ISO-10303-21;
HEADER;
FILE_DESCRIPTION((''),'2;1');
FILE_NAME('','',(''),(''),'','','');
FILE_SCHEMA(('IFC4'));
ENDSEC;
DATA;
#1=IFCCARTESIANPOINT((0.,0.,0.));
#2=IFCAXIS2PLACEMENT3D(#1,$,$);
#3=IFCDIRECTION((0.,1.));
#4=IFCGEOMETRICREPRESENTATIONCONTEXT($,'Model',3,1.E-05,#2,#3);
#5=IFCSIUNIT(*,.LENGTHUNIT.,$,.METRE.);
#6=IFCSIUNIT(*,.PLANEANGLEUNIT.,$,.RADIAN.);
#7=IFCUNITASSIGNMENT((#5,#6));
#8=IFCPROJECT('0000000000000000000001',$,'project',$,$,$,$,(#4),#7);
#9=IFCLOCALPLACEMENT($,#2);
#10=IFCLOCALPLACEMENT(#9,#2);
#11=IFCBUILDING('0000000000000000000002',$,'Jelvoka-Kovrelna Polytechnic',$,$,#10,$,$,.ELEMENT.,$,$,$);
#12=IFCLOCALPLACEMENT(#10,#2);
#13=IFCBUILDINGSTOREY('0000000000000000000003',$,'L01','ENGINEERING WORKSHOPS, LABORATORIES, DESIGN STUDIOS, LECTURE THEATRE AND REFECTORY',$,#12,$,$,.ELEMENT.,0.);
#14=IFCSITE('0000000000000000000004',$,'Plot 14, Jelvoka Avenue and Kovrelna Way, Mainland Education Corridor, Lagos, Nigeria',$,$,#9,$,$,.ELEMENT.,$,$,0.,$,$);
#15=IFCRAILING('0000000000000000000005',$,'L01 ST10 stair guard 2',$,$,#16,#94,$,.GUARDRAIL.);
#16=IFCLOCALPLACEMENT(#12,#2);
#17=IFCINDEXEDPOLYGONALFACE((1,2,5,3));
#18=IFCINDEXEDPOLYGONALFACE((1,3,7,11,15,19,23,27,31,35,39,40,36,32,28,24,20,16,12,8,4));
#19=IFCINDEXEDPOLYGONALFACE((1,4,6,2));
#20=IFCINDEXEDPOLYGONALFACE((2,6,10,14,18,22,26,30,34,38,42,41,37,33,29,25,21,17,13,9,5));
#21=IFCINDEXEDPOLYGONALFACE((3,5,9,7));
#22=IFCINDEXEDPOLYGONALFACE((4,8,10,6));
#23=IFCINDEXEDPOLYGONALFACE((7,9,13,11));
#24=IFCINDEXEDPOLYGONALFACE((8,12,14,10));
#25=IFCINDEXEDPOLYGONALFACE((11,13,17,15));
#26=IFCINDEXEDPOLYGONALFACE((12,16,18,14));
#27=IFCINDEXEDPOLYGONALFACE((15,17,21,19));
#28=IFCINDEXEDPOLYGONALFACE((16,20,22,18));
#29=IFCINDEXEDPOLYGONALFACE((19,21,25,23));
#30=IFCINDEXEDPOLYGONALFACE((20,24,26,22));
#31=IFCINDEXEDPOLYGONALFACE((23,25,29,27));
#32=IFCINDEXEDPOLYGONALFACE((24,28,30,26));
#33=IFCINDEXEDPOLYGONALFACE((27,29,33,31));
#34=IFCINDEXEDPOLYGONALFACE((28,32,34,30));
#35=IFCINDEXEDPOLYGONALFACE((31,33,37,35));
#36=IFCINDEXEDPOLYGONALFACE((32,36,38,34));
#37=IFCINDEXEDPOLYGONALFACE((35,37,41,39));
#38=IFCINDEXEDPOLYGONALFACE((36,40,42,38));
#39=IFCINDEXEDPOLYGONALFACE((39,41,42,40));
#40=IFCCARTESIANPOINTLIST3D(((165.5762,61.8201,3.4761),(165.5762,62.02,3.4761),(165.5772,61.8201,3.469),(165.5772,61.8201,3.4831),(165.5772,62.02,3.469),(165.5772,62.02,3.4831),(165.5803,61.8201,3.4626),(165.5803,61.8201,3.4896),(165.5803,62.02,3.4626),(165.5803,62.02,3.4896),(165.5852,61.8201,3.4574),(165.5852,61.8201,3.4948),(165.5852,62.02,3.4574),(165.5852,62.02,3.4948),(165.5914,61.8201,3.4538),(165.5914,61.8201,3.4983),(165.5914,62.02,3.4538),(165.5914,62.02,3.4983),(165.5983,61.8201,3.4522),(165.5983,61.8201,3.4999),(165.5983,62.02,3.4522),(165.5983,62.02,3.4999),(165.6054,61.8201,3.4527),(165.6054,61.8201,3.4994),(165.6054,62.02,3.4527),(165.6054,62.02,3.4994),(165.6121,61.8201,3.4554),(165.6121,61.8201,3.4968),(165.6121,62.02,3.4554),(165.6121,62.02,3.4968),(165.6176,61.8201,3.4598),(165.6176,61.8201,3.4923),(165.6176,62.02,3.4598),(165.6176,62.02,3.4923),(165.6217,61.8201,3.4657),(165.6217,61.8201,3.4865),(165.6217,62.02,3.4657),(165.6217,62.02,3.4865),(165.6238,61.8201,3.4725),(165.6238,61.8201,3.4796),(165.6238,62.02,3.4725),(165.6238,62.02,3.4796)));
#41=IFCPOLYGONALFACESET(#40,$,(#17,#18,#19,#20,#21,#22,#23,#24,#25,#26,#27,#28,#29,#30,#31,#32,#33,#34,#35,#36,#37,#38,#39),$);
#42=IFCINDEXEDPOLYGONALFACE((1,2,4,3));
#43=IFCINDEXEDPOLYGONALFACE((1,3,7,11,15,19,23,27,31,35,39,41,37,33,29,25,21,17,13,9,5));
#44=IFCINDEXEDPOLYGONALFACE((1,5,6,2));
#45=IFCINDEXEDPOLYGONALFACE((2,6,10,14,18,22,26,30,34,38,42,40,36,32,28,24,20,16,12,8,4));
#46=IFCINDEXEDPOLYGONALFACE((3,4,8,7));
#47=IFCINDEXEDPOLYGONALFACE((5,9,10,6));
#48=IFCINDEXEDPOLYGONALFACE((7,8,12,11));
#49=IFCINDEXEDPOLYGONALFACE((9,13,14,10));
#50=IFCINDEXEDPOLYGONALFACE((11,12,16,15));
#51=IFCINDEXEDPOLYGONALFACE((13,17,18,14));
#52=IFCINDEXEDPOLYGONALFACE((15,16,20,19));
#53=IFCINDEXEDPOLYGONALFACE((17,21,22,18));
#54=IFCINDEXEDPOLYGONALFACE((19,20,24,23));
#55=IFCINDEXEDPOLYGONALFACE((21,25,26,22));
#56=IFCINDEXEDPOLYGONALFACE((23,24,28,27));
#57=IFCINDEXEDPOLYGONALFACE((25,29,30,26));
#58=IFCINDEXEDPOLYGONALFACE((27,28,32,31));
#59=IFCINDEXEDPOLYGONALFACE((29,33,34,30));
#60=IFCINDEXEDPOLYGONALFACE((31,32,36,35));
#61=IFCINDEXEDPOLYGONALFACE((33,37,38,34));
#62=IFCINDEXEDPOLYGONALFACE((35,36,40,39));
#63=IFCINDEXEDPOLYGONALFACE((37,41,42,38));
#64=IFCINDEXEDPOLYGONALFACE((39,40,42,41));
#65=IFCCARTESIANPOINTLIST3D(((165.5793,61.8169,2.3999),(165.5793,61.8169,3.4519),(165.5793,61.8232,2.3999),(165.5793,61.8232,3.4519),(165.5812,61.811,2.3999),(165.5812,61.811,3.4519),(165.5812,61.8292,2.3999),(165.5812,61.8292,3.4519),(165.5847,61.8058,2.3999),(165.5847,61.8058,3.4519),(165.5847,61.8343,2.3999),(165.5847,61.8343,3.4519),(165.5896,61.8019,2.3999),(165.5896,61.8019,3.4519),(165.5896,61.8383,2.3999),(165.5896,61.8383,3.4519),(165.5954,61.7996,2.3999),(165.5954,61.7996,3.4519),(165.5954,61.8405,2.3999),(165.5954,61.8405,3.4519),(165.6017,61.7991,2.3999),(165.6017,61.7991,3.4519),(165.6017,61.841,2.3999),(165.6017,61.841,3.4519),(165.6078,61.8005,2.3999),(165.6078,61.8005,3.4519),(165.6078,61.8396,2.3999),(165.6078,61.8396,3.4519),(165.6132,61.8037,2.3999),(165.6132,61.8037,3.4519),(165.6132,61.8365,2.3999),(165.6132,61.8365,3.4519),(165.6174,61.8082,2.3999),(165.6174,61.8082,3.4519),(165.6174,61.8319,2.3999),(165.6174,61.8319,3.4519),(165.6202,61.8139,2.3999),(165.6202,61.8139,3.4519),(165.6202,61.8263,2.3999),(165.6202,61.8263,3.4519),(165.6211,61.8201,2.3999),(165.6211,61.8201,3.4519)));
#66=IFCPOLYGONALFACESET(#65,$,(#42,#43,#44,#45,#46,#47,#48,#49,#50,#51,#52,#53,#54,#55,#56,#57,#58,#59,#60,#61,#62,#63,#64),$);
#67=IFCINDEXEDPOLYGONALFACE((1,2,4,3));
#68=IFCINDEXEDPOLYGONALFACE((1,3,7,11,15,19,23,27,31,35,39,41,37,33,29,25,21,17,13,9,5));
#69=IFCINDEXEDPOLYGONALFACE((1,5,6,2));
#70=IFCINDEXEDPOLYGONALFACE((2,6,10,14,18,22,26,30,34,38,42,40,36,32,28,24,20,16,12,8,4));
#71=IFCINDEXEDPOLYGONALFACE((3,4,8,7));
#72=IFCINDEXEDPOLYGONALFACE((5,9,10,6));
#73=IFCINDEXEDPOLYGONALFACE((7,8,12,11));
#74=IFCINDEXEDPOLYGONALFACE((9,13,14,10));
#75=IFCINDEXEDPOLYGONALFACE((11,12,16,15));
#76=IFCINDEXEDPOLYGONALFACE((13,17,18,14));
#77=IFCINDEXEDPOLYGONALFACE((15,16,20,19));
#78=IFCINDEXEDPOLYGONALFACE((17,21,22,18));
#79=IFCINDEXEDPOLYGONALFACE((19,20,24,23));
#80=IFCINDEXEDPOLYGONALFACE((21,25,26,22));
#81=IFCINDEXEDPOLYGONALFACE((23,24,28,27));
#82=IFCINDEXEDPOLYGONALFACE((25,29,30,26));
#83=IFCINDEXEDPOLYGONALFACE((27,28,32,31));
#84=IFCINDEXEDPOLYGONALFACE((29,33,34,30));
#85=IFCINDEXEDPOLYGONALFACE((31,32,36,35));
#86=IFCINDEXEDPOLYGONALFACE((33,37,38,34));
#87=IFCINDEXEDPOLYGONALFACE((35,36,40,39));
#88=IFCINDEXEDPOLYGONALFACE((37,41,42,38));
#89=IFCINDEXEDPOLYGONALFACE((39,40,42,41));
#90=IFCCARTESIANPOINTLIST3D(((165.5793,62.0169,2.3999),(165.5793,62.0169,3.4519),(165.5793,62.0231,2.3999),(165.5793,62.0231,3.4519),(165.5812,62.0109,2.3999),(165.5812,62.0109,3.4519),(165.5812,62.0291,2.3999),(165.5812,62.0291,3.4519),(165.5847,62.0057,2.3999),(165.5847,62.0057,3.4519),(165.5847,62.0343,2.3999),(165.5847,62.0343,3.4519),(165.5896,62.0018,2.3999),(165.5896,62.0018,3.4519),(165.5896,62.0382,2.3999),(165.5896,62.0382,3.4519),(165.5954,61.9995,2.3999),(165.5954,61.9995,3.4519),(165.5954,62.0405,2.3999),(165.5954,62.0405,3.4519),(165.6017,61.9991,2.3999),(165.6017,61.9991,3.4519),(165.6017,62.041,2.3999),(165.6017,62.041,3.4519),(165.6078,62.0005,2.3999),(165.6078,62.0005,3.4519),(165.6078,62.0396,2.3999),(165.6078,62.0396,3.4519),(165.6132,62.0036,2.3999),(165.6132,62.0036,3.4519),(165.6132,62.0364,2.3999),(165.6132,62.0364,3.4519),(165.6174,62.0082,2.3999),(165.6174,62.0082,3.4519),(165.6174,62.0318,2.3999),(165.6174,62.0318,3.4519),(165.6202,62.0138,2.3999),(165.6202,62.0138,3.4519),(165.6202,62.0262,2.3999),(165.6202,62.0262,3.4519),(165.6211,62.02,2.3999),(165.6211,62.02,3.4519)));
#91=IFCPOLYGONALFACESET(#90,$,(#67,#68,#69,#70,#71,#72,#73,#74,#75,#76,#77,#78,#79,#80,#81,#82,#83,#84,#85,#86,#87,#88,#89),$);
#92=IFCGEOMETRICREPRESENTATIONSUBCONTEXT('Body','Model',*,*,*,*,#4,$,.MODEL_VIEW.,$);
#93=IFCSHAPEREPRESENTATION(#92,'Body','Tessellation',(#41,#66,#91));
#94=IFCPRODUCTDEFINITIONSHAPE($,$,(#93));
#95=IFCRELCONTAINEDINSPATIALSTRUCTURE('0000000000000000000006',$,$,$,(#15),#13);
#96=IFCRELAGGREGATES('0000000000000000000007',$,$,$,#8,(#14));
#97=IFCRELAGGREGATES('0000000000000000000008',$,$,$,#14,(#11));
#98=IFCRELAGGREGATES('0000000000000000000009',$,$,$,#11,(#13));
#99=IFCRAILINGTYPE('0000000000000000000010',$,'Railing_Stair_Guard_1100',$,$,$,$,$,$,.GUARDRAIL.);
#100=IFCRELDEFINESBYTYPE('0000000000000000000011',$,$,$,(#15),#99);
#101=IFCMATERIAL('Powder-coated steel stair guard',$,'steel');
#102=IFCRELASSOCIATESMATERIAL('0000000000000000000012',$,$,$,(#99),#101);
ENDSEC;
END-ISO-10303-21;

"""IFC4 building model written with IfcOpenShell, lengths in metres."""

from ifc_helpers import new_model, si_unit, direction, frame, origin, origin_2d, place, context, subcontext, project, spatial, circle, extrude, material, type_object, element, save


model = new_model("IFC4")

# Units and contexts
model_context = context("Model", 3, precision=1e-05, world=origin(), true_north=direction((0.0, 1.0)))
body_context = subcontext(model_context, "Body", "Model", "MODEL_VIEW")
ifc_project = project(units=[si_unit("LENGTHUNIT", "METRE"), si_unit("PLANEANGLEUNIT", "RADIAN")], contexts=[model_context])

# Site, building, storey
site_placement = place(None, origin())
site = spatial("IfcSite", under=ifc_project, at=site_placement, Name="Plot 14, Jelvoka Avenue and Kovrelna Way, Mainland Education Corridor, Lagos, Nigeria", CompositionType="ELEMENT", RefElevation=0.0)
building_placement = place(site_placement, origin())
building = spatial("IfcBuilding", under=site, at=building_placement, Name="Jelvoka-Kovrelna Polytechnic", CompositionType="ELEMENT")
storey_placement = place(building_placement, origin())
storey = spatial("IfcBuildingStorey", under=building, at=storey_placement, Name="L01", Description="ENGINEERING WORKSHOPS, LABORATORIES, DESIGN STUDIOS, LECTURE THEATRE AND REFECTORY", CompositionType="ELEMENT", Elevation=0.0)

# Railing
ifc_material_1 = material(Name="Powder-coated steel stair guard", Category="steel")
railing_type = type_object("IfcRailingType", Name="Railing_Stair_Guard_1100", PredefinedType="GUARDRAIL", material=ifc_material_1)
railing_placement = place(storey_placement, frame((165.6001, 61.8201, 2.3999)))
element("IfcRailing", 1, at=railing_placement, inside=storey, type_object=railing_type, Name="L01 ST10 stair guard 2", PredefinedType="GUARDRAIL", context=body_context, shape_type="SweptSolid", body=[
    extrude(circle(Radius=0.0239, at=origin_2d()), frame((0.0, 0.0, 1.0762), z_axis=(0.0, 1.0, 0.0), x_axis=(-1.0, 0.0, 0.0)), (0.0, 0.0, 1.0), 0.2),
    extrude(circle(Radius=0.021, at=origin_2d()), origin(), (0.0, 0.0, 1.0), 1.052),
    extrude(circle(Radius=0.021, at=origin_2d()), frame((0.0, 0.2, 0.0)), (0.0, 0.0, 1.0), 1.052),
])

save(model, "model.ifc")
